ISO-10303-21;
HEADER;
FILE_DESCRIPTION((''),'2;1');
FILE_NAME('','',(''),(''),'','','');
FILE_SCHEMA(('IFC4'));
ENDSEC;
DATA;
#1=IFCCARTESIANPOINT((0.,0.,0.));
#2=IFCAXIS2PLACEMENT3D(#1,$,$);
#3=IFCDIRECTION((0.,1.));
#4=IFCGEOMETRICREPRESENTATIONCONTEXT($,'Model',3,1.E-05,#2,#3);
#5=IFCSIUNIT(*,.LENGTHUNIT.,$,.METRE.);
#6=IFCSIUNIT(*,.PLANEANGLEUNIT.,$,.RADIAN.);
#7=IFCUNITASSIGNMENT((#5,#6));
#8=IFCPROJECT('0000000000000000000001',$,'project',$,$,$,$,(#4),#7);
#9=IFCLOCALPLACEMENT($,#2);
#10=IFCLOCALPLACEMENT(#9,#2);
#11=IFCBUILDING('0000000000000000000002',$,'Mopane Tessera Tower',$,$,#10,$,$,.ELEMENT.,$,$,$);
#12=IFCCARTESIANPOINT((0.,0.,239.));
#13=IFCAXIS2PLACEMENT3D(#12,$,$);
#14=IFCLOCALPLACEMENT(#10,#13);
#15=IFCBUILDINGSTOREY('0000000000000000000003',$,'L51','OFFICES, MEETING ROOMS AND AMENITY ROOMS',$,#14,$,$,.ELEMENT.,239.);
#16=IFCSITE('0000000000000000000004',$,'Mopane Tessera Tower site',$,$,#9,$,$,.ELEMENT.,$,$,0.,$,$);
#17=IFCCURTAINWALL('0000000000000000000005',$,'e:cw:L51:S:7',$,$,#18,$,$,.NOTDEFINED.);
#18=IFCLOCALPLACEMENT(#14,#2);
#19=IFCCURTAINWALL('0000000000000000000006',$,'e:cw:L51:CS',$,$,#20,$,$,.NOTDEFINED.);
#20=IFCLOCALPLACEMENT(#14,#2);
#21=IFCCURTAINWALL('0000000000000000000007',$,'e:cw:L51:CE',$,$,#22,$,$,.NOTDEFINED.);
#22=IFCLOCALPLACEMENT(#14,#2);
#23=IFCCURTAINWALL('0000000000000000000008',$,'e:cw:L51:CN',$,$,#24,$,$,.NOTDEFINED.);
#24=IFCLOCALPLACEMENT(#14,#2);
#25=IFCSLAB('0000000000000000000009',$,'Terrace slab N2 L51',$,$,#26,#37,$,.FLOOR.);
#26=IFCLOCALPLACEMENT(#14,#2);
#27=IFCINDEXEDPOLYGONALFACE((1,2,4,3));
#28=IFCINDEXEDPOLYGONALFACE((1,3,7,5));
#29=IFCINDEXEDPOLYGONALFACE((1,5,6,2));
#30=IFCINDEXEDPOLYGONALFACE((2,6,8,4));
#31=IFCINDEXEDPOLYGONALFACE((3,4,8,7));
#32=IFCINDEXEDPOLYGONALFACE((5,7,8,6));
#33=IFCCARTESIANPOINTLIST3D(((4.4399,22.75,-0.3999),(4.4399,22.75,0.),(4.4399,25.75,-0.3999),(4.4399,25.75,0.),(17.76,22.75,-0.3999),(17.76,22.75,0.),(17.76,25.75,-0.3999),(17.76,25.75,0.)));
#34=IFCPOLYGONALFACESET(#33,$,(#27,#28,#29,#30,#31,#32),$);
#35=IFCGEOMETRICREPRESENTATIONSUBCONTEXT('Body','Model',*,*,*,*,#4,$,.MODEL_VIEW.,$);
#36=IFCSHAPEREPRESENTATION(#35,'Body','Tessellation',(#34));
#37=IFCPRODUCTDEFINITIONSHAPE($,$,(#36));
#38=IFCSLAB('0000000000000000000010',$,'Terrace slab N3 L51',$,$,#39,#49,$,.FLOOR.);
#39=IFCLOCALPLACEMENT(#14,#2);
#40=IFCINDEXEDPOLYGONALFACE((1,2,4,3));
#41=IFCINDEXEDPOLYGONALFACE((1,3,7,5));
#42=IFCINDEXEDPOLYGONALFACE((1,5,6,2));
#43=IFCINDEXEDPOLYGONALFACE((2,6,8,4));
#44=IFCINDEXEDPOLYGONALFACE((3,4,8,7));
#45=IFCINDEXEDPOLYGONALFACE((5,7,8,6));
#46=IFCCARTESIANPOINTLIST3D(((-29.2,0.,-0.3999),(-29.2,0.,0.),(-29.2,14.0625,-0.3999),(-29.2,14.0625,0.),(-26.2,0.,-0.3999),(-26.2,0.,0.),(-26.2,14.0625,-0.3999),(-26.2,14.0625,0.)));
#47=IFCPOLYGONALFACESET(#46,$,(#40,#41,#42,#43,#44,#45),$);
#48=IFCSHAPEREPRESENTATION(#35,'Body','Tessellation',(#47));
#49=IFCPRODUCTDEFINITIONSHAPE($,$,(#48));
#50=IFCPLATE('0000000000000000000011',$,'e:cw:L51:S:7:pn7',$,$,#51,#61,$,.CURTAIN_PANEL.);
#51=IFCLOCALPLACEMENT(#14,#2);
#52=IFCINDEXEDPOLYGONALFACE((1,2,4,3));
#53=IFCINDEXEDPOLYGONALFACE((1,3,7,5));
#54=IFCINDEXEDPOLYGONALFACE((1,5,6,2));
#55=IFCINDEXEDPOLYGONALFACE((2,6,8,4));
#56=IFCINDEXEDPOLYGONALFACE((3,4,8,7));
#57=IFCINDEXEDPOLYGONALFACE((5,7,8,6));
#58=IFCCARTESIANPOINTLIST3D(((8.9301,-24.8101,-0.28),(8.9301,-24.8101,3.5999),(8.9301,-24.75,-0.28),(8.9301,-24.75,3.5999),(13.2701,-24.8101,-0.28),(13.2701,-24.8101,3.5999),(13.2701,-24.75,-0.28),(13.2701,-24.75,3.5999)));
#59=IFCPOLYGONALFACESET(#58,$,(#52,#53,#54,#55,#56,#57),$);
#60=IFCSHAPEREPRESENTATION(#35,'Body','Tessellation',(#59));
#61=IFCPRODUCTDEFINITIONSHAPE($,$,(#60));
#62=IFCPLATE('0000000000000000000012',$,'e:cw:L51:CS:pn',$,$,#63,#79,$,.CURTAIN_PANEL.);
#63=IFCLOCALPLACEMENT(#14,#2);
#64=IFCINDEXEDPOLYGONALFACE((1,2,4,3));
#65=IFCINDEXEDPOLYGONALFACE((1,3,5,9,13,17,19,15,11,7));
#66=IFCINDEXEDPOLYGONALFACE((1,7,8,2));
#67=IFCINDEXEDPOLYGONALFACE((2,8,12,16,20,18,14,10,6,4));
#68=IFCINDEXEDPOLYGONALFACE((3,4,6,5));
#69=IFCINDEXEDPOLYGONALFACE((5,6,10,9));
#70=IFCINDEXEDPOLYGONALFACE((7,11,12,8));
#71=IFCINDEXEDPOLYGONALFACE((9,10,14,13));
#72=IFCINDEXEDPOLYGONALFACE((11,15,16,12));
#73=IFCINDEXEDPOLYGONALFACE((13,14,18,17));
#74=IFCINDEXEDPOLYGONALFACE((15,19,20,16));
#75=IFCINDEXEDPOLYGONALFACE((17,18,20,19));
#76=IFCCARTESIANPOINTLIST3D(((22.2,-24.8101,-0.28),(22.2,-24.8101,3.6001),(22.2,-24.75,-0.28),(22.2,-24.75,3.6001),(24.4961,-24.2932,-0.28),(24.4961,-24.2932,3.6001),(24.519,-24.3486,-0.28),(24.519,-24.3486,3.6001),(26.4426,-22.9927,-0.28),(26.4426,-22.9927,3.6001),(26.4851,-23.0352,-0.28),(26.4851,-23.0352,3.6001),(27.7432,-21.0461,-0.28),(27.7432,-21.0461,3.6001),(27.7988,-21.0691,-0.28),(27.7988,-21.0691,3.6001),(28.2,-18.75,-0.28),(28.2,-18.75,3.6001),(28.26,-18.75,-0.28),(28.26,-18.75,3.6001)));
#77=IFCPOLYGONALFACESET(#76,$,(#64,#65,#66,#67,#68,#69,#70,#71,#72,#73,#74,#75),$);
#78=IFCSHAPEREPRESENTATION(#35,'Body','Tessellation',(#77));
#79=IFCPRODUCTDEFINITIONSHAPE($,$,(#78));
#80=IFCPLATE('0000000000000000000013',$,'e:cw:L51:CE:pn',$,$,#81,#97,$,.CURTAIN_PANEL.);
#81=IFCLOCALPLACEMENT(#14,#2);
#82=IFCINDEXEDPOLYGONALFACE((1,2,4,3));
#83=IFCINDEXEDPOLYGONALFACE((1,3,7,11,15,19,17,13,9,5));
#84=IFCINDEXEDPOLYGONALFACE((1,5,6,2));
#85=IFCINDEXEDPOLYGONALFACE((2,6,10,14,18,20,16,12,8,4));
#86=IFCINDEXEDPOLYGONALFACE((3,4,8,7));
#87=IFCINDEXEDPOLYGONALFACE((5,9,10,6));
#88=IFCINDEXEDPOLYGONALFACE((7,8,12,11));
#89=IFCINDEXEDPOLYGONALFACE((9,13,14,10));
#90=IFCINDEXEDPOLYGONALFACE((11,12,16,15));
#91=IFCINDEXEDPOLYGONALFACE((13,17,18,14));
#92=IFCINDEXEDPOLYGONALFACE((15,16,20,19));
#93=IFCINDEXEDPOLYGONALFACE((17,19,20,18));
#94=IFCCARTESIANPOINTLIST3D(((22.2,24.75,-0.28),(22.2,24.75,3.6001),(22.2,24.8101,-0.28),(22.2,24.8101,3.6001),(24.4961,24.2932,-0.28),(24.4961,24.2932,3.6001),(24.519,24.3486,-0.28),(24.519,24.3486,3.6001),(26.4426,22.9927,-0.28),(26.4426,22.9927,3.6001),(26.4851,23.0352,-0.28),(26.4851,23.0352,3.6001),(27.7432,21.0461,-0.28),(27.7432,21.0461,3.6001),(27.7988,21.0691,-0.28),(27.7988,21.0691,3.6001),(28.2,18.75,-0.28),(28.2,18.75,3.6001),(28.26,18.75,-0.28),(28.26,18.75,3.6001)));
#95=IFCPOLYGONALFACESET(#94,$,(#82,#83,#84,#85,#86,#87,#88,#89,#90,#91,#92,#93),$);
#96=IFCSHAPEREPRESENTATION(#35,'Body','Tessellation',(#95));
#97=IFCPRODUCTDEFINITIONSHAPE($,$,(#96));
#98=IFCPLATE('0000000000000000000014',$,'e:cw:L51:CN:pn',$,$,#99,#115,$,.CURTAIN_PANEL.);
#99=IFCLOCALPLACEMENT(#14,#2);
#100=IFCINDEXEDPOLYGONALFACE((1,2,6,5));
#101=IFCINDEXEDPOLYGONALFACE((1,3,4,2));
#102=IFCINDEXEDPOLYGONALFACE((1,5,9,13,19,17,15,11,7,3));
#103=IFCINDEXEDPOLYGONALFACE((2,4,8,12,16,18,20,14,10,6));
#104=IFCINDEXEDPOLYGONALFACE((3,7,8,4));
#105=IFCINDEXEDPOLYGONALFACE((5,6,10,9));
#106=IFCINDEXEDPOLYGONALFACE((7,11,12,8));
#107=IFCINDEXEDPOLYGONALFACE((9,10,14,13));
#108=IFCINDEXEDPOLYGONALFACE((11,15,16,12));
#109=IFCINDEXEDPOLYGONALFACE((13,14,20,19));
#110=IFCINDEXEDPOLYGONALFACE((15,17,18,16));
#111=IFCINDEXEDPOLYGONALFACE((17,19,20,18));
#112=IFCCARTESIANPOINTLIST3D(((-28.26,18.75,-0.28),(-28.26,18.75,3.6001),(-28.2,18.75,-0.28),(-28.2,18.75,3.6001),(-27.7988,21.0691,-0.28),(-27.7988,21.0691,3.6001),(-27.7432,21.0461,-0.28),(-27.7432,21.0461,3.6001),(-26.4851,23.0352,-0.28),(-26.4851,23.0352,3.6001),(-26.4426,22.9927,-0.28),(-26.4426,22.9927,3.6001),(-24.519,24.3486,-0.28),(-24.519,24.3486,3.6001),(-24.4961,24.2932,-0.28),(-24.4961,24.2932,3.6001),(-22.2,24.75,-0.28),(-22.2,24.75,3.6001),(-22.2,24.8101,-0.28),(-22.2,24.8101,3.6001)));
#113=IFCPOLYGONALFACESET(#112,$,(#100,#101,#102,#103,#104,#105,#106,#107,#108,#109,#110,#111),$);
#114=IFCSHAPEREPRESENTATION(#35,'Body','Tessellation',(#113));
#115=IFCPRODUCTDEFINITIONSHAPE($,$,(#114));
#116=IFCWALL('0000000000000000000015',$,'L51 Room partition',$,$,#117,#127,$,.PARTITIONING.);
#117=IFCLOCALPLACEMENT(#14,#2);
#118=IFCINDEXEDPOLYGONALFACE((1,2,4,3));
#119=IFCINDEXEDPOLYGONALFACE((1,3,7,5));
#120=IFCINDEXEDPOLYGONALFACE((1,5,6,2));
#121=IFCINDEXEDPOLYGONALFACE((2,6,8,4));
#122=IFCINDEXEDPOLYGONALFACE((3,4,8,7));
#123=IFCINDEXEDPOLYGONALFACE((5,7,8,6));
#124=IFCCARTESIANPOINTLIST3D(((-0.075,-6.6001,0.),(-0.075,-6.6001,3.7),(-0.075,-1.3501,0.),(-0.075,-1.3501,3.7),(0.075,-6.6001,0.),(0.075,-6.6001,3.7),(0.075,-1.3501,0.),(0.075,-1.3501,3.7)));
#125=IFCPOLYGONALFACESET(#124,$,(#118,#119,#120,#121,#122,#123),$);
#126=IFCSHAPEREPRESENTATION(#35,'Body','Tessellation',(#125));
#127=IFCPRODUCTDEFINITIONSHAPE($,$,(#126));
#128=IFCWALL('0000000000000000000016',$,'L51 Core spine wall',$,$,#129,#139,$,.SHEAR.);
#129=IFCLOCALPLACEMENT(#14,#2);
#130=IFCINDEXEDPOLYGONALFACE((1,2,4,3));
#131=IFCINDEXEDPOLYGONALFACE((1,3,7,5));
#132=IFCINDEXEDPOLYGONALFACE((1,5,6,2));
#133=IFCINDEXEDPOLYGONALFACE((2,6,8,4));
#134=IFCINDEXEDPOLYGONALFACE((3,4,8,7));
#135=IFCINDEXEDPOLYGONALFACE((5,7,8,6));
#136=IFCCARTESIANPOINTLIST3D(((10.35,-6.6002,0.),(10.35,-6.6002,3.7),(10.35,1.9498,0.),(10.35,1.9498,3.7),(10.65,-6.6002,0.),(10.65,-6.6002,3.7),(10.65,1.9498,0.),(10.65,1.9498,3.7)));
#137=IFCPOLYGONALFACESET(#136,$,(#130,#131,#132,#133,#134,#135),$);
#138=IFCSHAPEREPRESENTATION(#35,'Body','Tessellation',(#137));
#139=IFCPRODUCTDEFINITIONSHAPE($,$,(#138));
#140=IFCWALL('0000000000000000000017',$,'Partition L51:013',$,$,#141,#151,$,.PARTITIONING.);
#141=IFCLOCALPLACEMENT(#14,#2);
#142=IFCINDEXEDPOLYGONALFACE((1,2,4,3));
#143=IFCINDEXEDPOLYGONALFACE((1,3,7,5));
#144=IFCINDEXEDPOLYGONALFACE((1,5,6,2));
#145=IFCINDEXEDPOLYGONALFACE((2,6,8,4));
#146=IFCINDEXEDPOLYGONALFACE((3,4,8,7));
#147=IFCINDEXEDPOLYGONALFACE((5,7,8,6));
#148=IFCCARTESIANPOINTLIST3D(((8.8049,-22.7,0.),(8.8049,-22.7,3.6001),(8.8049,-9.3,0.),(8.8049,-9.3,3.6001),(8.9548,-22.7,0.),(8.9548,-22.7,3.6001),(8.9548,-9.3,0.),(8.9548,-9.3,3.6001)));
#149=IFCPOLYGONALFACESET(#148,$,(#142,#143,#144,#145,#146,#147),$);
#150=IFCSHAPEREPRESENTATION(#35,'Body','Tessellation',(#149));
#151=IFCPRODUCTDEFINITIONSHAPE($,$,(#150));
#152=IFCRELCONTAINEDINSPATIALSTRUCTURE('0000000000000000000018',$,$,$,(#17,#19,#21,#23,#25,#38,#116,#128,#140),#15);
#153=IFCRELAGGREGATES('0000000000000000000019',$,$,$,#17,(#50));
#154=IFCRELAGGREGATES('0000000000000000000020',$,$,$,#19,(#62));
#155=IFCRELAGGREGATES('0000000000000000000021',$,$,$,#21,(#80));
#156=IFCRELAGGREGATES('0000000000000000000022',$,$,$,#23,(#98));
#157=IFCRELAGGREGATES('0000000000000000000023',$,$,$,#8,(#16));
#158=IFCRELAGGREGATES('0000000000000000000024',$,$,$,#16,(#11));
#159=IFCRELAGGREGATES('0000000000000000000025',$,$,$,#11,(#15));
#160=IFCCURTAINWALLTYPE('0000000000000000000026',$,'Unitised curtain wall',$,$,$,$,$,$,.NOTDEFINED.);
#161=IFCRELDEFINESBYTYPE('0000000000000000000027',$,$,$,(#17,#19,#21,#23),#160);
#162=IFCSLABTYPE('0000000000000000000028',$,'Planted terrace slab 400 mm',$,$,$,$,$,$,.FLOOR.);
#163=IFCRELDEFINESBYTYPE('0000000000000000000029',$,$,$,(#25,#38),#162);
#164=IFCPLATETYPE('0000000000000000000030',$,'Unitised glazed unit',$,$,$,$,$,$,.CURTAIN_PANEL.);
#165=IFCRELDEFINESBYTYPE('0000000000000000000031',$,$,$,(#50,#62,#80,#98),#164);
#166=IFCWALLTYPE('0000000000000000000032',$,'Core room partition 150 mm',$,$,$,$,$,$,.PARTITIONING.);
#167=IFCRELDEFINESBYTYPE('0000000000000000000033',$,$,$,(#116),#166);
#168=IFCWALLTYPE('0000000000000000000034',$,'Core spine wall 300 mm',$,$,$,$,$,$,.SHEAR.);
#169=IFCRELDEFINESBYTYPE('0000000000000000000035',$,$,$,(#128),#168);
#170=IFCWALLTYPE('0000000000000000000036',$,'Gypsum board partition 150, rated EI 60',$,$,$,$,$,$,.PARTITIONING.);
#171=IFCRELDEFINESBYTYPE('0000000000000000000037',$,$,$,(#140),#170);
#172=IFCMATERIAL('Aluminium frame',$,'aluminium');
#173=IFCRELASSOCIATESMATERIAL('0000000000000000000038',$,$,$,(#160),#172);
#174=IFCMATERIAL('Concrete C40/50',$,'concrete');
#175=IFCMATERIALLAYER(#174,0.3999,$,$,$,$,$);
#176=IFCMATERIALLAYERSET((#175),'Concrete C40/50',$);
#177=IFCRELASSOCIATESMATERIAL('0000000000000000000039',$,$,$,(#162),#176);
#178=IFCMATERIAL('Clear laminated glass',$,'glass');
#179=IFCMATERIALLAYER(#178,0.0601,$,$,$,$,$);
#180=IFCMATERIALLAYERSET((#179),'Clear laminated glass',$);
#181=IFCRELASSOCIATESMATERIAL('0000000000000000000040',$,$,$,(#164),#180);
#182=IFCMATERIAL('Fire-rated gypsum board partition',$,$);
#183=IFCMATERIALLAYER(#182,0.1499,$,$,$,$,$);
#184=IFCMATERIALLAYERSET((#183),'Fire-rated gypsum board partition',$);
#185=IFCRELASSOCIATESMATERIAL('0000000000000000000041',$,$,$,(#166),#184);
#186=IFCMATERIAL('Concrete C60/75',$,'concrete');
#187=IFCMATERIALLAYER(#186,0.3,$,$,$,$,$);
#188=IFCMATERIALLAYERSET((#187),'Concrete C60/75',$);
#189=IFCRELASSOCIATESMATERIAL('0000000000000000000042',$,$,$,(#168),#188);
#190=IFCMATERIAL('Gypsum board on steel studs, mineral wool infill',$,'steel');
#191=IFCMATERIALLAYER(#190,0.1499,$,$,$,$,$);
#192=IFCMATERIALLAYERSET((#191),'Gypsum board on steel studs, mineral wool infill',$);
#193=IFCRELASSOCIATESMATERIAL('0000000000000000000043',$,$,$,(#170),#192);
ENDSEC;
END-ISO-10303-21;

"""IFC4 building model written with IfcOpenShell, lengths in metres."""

from ifc_helpers import new_model, si_unit, direction, frame, frame_2d, origin, origin_2d, place, context, subcontext, project, spatial, polyline, rectangle, outline, extrude, material, layer, layer_set, type_object, element, aggregate, save


model = new_model("IFC4")

# Units and contexts
model_context = context("Model", 3, precision=1e-05, world=origin(), true_north=direction((0.0, 1.0)))
body_context = subcontext(model_context, "Body", "Model", "MODEL_VIEW")
ifc_project = project(units=[si_unit("LENGTHUNIT", "METRE"), si_unit("PLANEANGLEUNIT", "RADIAN")], contexts=[model_context])

# Site, building, storey
site_placement = place(None, origin())
site = spatial("IfcSite", under=ifc_project, at=site_placement, Name="Mopane Tessera Tower site", CompositionType="ELEMENT", RefElevation=0.0)
building_placement = place(site_placement, origin())
building = spatial("IfcBuilding", under=site, at=building_placement, Name="Mopane Tessera Tower", CompositionType="ELEMENT")
storey_placement = place(building_placement, frame((0.0, 0.0, 239.0)))
storey = spatial("IfcBuildingStorey", under=building, at=storey_placement, Name="L51", Description="OFFICES, MEETING ROOMS AND AMENITY ROOMS", CompositionType="ELEMENT", Elevation=239.0)

# Curtain wall
ifc_material_1 = material(Name="Aluminium frame", Category="aluminium")
curtain_wall_type = type_object("IfcCurtainWallType", Name="Unitised curtain wall", PredefinedType="NOTDEFINED", material=ifc_material_1)
curtain_wall_1_placement = place(storey_placement, origin())
curtain_wall_1 = element("IfcCurtainWall", 1, at=curtain_wall_1_placement, inside=storey, type_object=curtain_wall_type, Name="e:cw:L51:S:7", PredefinedType="NOTDEFINED")

# Curtain walls
curtain_wall_2_placement = place(storey_placement, origin())
curtain_wall_2 = element("IfcCurtainWall", 2, at=curtain_wall_2_placement, inside=storey, type_object=curtain_wall_type, Name="e:cw:L51:CS", PredefinedType="NOTDEFINED")
curtain_wall_3_placement = place(storey_placement, origin())
curtain_wall_3 = element("IfcCurtainWall", 3, at=curtain_wall_3_placement, inside=storey, type_object=curtain_wall_type, Name="e:cw:L51:CE", PredefinedType="NOTDEFINED")
curtain_wall_4_placement = place(storey_placement, origin())
curtain_wall_4 = element("IfcCurtainWall", 4, at=curtain_wall_4_placement, inside=storey, type_object=curtain_wall_type, Name="e:cw:L51:CN", PredefinedType="NOTDEFINED")

# Slabs
ifc_material_2 = material(Name="Concrete C40/50", Category="concrete")
ifc_layer_1 = layer(ifc_material_2, 0.3999)
ifc_layer_set_1 = layer_set([ifc_layer_1], Name="Concrete C40/50")
slab_type = type_object("IfcSlabType", Name="Planted terrace slab 400 mm", PredefinedType="FLOOR", material=ifc_layer_set_1)
slab_1_placement = place(storey_placement, frame((0.0, 0.0, -0.3999)))
element("IfcSlab", 5, at=slab_1_placement, inside=storey, type_object=slab_type, Name="Terrace slab N2 L51", PredefinedType="FLOOR", context=body_context, shape_type="SweptSolid", body=[
    extrude(outline(polyline([(4.4399, 25.75), (4.4399, 22.75), (17.76, 22.75), (17.76, 25.75), (4.4399, 25.75)])), origin(), (0.0, 0.0, 1.0), 0.3999),
])
slab_2_placement = place(storey_placement, frame((0.0, 0.0, -0.3999)))
element("IfcSlab", 6, at=slab_2_placement, inside=storey, type_object=slab_type, Name="Terrace slab N3 L51", PredefinedType="FLOOR", context=body_context, shape_type="SweptSolid", body=[
    extrude(outline(polyline([(-29.2, 0.0), (-26.2, 0.0), (-26.2, 14.0625), (-29.2, 14.0625), (-29.2, 0.0)])), origin(), (0.0, 0.0, 1.0), 0.3999),
])

# Plates
ifc_material_3 = material(Name="Clear laminated glass", Category="glass")
ifc_layer_2 = layer(ifc_material_3, 0.0601)
ifc_layer_set_2 = layer_set([ifc_layer_2], Name="Clear laminated glass")
plate_type = type_object("IfcPlateType", Name="Unitised glazed unit", PredefinedType="CURTAIN_PANEL", material=ifc_layer_set_2)
plate_1_placement = place(storey_placement, frame((11.1001, -24.78, -0.28), z_axis=(0.0, 0.0, 1.0), x_axis=(1.0, 0.0, 0.0)))
plate_1 = element("IfcPlate", 7, at=plate_1_placement, type_object=plate_type, Name="e:cw:L51:S:7:pn7", PredefinedType="CURTAIN_PANEL", context=body_context, shape_type="SweptSolid", body=[
    extrude(rectangle(XDim=4.3401, YDim=0.0601, at=origin_2d()), origin(), (0.0, 0.0, 1.0), 3.8799),
])
aggregate(curtain_wall_1, [plate_1])
plate_2_placement = place(storey_placement, frame((0.0, 0.0, -0.28)))
plate_2 = element("IfcPlate", 8, at=plate_2_placement, type_object=plate_type, Name="e:cw:L51:CS:pn", PredefinedType="CURTAIN_PANEL", context=body_context, shape_type="SweptSolid", body=[
    extrude(outline(polyline([(22.2, -24.75), (24.4961, -24.2932), (26.4426, -22.9927), (27.7432, -21.0461), (28.2, -18.75), (28.26, -18.75), (27.7988, -21.0691), (26.4851, -23.0352), (24.519, -24.3486), (22.2, -24.8101), (22.2, -24.75)])), origin(), (0.0, 0.0, 1.0), 3.8801),
])
aggregate(curtain_wall_2, [plate_2])
plate_3_placement = place(storey_placement, frame((0.0, 0.0, -0.28)))
plate_3 = element("IfcPlate", 9, at=plate_3_placement, type_object=plate_type, Name="e:cw:L51:CE:pn", PredefinedType="CURTAIN_PANEL", context=body_context, shape_type="SweptSolid", body=[
    extrude(outline(polyline([(28.2, 18.75), (27.7432, 21.0461), (26.4426, 22.9927), (24.4961, 24.2932), (22.2, 24.75), (22.2, 24.8101), (24.519, 24.3486), (26.4851, 23.0352), (27.7988, 21.0691), (28.26, 18.75), (28.2, 18.75)])), origin(), (0.0, 0.0, 1.0), 3.8801),
])
aggregate(curtain_wall_3, [plate_3])
plate_4_placement = place(storey_placement, frame((0.0, 0.0, -0.28)))
plate_4 = element("IfcPlate", 10, at=plate_4_placement, type_object=plate_type, Name="e:cw:L51:CN:pn", PredefinedType="CURTAIN_PANEL", context=body_context, shape_type="SweptSolid", body=[
    extrude(outline(polyline([(-22.2, 24.75), (-24.4961, 24.2932), (-26.4426, 22.9927), (-27.7432, 21.0461), (-28.2, 18.75), (-28.26, 18.75), (-27.7988, 21.0691), (-26.4851, 23.0352), (-24.519, 24.3486), (-22.2, 24.8101), (-22.2, 24.75)])), origin(), (0.0, 0.0, 1.0), 3.8801),
])
aggregate(curtain_wall_4, [plate_4])

# Walls
ifc_material_4 = material(Name="Fire-rated gypsum board partition")
ifc_layer_3 = layer(ifc_material_4, 0.1499)
ifc_layer_set_3 = layer_set([ifc_layer_3], Name="Fire-rated gypsum board partition")
wall_type_1 = type_object("IfcWallType", Name="Core room partition 150 mm", PredefinedType="PARTITIONING", material=ifc_layer_set_3)
wall_1_placement = place(storey_placement, frame((0.0, -6.6001, 0.0), z_axis=(0.0, 0.0, 1.0), x_axis=(0.0, 1.0, 0.0)))
element("IfcWall", 11, at=wall_1_placement, inside=storey, type_object=wall_type_1, Name="L51 Room partition", PredefinedType="PARTITIONING", context=body_context, shape_type="SweptSolid", body=[
    extrude(rectangle(XDim=5.25, YDim=0.1499, at=frame_2d((2.625, 0.0))), origin(), (0.0, 0.0, 1.0), 3.7),
])
ifc_material_5 = material(Name="Concrete C60/75", Category="concrete")
ifc_layer_4 = layer(ifc_material_5, 0.3)
ifc_layer_set_4 = layer_set([ifc_layer_4], Name="Concrete C60/75")
wall_type_2 = type_object("IfcWallType", Name="Core spine wall 300 mm", PredefinedType="SHEAR", material=ifc_layer_set_4)
wall_2_placement = place(storey_placement, frame((10.5, -6.6001, 0.0), z_axis=(0.0, 0.0, 1.0), x_axis=(0.0, 1.0, 0.0)))
element("IfcWall", 12, at=wall_2_placement, inside=storey, type_object=wall_type_2, Name="L51 Core spine wall", PredefinedType="SHEAR", context=body_context, shape_type="SweptSolid", body=[
    extrude(rectangle(XDim=8.55, YDim=0.3, at=frame_2d((4.2749, 0.0))), origin(), (0.0, 0.0, 1.0), 3.7),
])
ifc_material_6 = material(Name="Gypsum board on steel studs, mineral wool infill", Category="steel")
ifc_layer_5 = layer(ifc_material_6, 0.1499)
ifc_layer_set_5 = layer_set([ifc_layer_5], Name="Gypsum board on steel studs, mineral wool infill")
wall_type_3 = type_object("IfcWallType", Name="Gypsum board partition 150, rated EI 60", PredefinedType="PARTITIONING", material=ifc_layer_set_5)
wall_3_placement = place(storey_placement, frame((8.8799, -22.7, 0.0), z_axis=(0.0, 0.0, 1.0), x_axis=(0.0, 1.0, 0.0)))
element("IfcWall", 13, at=wall_3_placement, inside=storey, type_object=wall_type_3, Name="Partition L51:013", PredefinedType="PARTITIONING", context=body_context, shape_type="SweptSolid", body=[
    extrude(rectangle(XDim=13.3999, YDim=0.1499, at=frame_2d((6.7, 0.0))), origin(), (0.0, 0.0, 1.0), 3.6001),
])

save(model, "model.ifc")
